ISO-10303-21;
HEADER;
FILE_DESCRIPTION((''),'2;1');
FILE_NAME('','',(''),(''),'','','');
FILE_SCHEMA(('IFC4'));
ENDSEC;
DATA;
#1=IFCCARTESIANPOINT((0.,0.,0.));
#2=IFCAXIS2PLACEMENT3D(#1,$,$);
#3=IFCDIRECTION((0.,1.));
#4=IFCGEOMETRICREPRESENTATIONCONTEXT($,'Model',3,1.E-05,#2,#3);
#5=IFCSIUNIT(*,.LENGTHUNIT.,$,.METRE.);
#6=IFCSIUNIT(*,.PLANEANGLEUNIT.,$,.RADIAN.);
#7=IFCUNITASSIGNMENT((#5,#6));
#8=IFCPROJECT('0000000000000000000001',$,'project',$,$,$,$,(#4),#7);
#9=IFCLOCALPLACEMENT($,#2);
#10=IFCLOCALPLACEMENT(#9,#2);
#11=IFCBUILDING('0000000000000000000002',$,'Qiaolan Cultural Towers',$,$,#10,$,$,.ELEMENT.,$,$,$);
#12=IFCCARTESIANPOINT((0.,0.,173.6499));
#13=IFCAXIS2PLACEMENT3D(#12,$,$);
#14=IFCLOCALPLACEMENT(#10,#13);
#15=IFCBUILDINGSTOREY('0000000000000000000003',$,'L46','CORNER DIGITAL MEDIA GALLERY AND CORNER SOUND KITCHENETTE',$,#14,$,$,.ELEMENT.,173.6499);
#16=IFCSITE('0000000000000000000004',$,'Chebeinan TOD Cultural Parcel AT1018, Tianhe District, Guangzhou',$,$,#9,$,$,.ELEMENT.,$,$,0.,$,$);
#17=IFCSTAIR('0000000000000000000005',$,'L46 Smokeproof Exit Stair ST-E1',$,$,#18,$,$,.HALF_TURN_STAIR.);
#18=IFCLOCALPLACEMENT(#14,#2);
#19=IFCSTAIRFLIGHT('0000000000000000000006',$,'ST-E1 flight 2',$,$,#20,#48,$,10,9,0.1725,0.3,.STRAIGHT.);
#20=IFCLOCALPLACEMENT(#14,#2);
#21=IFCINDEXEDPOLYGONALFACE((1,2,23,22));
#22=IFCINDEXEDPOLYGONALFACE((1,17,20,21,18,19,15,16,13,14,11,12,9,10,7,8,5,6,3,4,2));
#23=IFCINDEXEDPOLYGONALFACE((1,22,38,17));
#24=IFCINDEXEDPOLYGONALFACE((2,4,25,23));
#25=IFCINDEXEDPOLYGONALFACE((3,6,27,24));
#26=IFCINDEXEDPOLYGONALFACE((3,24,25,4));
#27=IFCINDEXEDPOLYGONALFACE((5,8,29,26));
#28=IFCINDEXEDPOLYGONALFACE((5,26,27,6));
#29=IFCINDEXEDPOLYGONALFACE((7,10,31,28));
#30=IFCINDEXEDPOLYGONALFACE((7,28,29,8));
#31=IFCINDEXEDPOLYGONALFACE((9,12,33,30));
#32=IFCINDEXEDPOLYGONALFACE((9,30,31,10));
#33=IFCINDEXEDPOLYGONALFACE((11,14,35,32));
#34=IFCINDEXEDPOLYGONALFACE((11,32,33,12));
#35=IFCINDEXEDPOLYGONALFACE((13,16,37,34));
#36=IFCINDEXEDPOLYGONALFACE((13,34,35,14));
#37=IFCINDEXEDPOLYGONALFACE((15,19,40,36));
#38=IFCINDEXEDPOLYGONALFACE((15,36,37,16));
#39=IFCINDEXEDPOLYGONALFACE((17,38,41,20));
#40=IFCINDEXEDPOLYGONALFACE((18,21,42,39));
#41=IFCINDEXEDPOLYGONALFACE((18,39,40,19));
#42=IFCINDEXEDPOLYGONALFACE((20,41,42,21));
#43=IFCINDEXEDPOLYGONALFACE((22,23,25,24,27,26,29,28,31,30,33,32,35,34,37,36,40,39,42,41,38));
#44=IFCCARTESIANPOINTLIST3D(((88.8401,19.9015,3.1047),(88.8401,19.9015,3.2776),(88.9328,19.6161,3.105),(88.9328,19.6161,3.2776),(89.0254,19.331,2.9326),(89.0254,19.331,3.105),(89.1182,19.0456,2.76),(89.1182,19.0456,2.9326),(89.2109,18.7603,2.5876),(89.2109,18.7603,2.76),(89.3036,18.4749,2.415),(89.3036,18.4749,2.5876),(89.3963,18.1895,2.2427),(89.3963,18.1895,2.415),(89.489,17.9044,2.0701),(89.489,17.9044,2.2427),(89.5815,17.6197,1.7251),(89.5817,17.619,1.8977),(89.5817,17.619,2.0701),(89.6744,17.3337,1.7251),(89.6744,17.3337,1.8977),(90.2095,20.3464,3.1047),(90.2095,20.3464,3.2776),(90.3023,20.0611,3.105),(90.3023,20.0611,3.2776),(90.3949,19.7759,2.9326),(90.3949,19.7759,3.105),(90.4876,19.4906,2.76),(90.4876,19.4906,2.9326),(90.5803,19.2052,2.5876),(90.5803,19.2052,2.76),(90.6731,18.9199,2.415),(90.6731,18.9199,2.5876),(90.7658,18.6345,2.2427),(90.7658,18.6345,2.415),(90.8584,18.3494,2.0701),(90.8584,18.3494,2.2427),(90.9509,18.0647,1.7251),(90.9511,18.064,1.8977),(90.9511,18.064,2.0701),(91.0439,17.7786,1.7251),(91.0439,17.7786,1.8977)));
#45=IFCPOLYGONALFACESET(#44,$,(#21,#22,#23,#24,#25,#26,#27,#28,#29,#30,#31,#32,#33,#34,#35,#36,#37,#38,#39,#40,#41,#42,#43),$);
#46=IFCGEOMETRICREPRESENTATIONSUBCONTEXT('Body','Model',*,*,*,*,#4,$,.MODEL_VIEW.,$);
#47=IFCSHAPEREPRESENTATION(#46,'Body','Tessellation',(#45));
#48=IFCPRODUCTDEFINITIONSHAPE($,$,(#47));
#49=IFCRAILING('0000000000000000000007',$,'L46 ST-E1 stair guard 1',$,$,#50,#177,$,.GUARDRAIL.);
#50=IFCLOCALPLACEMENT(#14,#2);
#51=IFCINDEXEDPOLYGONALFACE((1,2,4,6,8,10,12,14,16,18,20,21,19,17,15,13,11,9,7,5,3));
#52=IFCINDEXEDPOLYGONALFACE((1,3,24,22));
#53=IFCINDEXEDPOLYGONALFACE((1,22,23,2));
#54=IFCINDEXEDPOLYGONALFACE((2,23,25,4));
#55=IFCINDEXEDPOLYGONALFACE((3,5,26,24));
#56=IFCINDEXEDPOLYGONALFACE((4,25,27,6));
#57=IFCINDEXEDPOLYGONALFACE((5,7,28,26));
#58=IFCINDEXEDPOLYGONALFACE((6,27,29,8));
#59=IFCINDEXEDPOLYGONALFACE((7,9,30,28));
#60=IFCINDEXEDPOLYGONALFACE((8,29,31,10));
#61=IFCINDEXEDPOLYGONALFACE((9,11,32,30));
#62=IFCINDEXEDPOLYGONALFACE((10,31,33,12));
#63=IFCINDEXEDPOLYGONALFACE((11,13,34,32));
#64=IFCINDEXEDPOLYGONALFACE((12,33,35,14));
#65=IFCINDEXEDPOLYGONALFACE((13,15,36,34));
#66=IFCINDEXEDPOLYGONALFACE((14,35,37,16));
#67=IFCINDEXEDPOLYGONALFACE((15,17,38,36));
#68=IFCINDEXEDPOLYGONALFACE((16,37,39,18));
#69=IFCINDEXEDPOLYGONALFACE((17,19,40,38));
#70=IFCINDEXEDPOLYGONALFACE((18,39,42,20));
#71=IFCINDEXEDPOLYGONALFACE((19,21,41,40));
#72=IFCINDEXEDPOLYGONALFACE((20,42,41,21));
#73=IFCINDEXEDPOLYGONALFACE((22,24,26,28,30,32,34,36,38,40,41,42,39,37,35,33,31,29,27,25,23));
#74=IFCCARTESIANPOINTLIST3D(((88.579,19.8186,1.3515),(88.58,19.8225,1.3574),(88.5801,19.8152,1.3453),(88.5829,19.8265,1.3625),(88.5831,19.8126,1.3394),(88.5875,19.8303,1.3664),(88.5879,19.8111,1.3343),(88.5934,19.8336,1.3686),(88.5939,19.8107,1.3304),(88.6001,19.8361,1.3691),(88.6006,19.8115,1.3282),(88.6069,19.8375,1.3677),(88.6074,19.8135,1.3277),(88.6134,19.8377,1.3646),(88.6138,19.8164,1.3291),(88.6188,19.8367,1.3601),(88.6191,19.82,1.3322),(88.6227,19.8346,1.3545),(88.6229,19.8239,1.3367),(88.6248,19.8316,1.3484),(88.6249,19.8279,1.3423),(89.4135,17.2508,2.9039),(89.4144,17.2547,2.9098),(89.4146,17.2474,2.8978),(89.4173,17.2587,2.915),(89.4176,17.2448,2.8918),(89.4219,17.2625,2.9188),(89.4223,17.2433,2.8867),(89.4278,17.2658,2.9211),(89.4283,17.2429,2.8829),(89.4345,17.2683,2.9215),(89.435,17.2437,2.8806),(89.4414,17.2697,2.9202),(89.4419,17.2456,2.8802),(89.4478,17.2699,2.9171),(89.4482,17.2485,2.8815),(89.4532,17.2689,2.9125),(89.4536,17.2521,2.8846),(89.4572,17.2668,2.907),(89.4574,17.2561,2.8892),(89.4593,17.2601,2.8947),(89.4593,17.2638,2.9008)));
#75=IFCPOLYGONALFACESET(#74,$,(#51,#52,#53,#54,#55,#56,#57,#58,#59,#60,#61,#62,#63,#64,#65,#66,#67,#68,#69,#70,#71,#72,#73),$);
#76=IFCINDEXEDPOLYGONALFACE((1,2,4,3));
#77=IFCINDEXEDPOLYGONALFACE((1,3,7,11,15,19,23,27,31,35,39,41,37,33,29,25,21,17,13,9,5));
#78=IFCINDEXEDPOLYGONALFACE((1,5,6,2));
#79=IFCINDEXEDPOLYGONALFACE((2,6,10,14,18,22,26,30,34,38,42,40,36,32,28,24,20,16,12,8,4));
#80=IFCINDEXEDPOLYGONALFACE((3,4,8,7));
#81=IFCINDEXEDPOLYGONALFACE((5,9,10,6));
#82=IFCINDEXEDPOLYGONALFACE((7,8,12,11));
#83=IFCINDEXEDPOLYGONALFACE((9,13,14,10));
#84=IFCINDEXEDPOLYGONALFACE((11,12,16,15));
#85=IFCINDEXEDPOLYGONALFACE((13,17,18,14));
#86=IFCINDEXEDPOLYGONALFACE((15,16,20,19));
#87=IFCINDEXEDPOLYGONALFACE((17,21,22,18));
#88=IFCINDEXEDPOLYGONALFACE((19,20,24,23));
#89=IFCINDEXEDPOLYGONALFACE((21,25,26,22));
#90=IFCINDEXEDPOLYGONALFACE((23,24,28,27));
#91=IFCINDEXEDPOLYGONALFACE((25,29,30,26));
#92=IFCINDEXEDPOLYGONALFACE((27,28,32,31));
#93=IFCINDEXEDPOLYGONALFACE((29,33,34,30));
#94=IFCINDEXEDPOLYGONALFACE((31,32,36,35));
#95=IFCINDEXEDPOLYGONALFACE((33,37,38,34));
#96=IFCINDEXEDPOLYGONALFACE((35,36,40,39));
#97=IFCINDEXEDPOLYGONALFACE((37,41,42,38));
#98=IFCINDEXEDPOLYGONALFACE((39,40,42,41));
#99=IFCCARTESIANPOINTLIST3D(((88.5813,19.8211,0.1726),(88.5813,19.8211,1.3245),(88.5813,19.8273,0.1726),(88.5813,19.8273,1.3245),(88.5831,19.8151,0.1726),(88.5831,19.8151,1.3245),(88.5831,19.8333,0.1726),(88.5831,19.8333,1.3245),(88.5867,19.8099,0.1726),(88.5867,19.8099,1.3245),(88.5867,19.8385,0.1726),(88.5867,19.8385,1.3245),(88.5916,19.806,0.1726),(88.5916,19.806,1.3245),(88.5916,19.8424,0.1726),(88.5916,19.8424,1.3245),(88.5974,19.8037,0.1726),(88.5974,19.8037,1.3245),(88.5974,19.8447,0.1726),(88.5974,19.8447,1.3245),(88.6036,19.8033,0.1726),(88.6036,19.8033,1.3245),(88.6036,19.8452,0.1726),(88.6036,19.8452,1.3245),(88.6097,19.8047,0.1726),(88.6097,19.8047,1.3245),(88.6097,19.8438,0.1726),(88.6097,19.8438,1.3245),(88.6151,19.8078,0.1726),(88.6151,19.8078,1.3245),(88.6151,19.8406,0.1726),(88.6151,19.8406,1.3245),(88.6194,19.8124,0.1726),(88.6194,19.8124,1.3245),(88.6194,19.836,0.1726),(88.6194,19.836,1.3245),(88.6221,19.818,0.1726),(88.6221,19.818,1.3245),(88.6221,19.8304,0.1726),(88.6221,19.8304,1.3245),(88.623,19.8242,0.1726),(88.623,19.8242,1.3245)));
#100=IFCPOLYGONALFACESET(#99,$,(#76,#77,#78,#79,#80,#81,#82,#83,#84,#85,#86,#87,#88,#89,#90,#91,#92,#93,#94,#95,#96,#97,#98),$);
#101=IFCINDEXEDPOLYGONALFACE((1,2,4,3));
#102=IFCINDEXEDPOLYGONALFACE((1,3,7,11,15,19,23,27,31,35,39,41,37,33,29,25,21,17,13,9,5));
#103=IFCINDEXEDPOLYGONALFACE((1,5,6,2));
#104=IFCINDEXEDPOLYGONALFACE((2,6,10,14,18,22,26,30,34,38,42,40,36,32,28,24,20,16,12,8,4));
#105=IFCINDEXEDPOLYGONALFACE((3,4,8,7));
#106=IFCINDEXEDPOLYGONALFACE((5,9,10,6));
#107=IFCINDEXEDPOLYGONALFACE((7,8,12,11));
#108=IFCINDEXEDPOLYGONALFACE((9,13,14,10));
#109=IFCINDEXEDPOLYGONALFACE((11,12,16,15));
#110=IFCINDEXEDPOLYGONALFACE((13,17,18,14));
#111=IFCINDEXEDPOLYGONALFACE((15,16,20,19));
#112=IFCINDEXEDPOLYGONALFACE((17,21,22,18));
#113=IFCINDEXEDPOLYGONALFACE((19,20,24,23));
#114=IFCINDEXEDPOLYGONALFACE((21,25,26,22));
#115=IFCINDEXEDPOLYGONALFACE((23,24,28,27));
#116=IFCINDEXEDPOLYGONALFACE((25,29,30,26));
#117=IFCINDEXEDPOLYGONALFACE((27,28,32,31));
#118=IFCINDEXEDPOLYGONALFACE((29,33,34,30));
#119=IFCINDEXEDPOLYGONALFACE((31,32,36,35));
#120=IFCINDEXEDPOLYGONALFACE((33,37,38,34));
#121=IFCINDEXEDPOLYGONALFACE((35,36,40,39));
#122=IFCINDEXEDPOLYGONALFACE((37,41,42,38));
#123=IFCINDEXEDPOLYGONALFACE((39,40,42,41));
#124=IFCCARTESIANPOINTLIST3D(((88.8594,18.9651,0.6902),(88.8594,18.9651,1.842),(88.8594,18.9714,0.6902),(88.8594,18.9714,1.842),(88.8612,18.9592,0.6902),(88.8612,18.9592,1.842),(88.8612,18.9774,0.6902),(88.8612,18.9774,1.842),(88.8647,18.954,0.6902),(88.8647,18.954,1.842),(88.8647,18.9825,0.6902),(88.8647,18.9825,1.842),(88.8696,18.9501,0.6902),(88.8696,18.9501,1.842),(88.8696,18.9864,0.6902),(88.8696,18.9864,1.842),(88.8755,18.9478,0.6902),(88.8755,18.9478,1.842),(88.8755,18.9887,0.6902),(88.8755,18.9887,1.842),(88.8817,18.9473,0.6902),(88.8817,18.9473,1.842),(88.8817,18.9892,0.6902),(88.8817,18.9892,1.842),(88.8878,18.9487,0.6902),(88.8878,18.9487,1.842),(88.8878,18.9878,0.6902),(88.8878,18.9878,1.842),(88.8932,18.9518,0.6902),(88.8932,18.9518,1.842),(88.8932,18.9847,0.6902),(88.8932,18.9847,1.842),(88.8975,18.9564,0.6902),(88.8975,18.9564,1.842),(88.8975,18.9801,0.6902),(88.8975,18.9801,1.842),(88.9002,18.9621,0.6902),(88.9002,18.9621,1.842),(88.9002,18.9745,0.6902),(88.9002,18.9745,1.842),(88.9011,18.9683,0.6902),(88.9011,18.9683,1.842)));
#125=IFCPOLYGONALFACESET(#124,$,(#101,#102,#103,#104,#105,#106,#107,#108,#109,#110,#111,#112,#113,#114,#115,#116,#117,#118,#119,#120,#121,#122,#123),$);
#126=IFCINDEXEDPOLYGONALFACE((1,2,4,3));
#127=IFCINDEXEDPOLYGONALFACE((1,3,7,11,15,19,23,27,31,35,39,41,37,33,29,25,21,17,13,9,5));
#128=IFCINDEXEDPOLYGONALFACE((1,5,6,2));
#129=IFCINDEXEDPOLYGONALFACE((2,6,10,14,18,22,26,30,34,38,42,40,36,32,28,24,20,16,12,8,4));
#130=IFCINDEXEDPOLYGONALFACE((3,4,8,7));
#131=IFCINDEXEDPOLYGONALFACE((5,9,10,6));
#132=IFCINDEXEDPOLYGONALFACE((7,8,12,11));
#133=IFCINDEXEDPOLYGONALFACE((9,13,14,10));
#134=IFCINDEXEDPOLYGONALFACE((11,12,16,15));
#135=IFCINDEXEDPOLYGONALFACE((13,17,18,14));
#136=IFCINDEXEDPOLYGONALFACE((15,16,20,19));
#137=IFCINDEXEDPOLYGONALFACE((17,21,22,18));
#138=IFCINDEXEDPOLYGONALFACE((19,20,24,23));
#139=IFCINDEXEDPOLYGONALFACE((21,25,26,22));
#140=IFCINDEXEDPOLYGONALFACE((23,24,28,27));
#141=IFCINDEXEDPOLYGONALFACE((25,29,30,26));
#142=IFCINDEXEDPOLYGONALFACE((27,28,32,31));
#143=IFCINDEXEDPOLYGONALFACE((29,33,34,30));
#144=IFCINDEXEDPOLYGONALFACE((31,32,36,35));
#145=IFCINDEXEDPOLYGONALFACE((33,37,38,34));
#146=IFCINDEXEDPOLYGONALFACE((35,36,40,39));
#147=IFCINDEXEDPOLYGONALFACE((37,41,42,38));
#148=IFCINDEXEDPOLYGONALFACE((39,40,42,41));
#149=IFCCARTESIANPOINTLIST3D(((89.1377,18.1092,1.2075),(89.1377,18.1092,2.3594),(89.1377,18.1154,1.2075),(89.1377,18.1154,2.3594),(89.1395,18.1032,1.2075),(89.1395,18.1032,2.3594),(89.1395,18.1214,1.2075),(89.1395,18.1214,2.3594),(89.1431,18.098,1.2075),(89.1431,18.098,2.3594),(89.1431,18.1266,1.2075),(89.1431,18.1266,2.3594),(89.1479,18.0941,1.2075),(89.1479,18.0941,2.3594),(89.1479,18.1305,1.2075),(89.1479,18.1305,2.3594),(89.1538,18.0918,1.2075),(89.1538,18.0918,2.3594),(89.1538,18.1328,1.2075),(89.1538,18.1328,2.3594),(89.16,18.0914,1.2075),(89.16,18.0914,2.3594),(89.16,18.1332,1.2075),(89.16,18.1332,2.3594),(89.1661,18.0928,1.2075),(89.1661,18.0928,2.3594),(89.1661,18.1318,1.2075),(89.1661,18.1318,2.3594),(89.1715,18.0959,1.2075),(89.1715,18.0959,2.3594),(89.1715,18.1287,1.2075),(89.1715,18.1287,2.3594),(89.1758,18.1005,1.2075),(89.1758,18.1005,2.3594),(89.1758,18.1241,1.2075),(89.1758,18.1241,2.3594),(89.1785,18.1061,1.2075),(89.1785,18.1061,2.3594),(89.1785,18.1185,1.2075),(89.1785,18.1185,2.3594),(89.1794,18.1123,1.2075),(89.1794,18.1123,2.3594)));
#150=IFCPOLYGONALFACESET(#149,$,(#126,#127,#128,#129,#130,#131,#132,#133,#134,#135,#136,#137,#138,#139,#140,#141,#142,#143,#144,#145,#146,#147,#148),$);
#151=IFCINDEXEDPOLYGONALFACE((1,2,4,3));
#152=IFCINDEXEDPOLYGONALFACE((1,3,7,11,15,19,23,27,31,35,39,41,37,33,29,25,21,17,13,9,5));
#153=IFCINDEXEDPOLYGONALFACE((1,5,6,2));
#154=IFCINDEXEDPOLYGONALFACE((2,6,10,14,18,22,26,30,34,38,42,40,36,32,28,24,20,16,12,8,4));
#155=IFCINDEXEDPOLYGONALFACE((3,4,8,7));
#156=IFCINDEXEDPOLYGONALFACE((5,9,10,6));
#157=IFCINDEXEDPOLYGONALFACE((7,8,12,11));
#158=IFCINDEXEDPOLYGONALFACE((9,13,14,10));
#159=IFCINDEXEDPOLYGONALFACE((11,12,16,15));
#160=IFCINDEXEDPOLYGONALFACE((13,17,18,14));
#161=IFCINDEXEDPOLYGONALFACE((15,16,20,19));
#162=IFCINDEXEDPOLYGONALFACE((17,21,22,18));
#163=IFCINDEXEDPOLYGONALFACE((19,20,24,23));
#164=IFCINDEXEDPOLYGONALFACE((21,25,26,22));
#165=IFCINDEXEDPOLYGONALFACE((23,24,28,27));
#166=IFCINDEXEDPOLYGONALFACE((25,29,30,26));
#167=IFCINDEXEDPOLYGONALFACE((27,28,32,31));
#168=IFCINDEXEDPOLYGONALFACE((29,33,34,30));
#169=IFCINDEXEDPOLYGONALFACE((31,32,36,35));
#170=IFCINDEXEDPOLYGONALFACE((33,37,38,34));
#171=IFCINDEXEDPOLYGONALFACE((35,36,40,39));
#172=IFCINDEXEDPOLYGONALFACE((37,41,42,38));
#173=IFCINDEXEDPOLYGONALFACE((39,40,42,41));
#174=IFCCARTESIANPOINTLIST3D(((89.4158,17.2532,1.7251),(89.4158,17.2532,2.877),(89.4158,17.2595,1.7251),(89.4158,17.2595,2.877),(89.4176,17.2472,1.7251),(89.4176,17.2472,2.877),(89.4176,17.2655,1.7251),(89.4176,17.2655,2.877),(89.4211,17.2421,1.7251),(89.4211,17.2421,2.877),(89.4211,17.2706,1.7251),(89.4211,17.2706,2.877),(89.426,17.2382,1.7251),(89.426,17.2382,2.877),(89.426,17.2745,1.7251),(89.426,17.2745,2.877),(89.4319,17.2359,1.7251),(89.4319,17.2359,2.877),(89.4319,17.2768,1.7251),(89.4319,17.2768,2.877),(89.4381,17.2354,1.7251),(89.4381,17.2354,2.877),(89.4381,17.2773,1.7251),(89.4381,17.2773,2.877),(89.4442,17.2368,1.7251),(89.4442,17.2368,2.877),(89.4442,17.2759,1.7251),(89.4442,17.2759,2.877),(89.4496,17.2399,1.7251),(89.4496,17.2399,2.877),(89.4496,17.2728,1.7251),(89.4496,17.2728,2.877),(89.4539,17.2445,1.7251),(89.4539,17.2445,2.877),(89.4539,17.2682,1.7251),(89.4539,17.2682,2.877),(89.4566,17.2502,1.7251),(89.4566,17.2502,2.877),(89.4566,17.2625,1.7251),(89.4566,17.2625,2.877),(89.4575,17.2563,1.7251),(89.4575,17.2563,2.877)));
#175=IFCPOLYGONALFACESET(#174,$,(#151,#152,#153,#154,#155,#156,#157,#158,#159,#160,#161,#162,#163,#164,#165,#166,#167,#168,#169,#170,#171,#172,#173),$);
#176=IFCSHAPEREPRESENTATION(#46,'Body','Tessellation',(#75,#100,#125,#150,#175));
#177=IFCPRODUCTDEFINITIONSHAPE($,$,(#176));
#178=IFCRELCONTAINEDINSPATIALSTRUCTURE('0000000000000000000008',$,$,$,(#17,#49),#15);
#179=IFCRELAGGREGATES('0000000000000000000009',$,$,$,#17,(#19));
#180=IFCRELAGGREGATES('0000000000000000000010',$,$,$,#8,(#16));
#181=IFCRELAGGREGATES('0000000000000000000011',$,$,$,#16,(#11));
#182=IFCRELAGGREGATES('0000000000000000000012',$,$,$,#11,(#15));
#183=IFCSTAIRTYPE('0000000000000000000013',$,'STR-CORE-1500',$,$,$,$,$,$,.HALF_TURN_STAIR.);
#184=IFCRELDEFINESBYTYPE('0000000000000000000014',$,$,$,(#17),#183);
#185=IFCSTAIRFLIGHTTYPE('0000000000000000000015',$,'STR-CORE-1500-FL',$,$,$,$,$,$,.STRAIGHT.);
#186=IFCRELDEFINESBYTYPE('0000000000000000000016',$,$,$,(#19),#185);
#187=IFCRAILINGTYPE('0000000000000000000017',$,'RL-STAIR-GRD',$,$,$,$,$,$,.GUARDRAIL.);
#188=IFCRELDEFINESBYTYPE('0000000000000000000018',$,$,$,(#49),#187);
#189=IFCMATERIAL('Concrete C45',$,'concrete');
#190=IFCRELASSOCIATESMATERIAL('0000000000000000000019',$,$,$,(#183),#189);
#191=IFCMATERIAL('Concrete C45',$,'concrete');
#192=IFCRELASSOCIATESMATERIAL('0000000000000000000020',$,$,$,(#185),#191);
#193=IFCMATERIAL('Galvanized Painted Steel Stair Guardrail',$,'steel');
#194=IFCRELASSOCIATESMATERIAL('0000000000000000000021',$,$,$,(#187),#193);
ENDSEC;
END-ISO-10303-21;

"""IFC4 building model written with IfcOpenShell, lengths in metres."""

from ifc_helpers import new_model, si_unit, direction, frame, origin, origin_2d, place, context, subcontext, project, spatial, polyline, circle, outline, extrude, material, type_object, element, aggregate, save


model = new_model("IFC4")

# Units and contexts
model_context = context("Model", 3, precision=1e-05, world=origin(), true_north=direction((0.0, 1.0)))
body_context = subcontext(model_context, "Body", "Model", "MODEL_VIEW")
ifc_project = project(units=[si_unit("LENGTHUNIT", "METRE"), si_unit("PLANEANGLEUNIT", "RADIAN")], contexts=[model_context])

# Site, building, storey
site_placement = place(None, origin())
site = spatial("IfcSite", under=ifc_project, at=site_placement, Name="Chebeinan TOD Cultural Parcel AT1018, Tianhe District, Guangzhou", CompositionType="ELEMENT", RefElevation=0.0)
building_placement = place(site_placement, origin())
building = spatial("IfcBuilding", under=site, at=building_placement, Name="Qiaolan Cultural Towers", CompositionType="ELEMENT")
storey_placement = place(building_placement, frame((0.0, 0.0, 173.6499)))
storey = spatial("IfcBuildingStorey", under=building, at=storey_placement, Name="L46", Description="CORNER DIGITAL MEDIA GALLERY AND CORNER SOUND KITCHENETTE", CompositionType="ELEMENT", Elevation=173.6499)

# Stair, stair flight
ifc_material_1 = material(Name="Concrete C45", Category="concrete")
stair_type = type_object("IfcStairType", Name="STR-CORE-1500", PredefinedType="HALF_TURN_STAIR", material=ifc_material_1)
stair_placement = place(storey_placement, origin())
stair = element("IfcStair", 1, at=stair_placement, inside=storey, type_object=stair_type, Name="L46 Smokeproof Exit Stair ST-E1", PredefinedType="HALF_TURN_STAIR")
ifc_material_2 = material(Name="Concrete C45", Category="concrete")
stair_flight_type = type_object("IfcStairFlightType", Name="STR-CORE-1500-FL", PredefinedType="STRAIGHT", material=ifc_material_2)
stair_flight_1_placement = place(storey_placement, frame((90.3591, 17.5562, 1.7251), z_axis=(0.0, 0.0, 1.0), x_axis=(-0.309017, 0.951057, 0.0)))
stair_flight_1 = element("IfcStairFlight", 2, at=stair_flight_1_placement, type_object=stair_flight_type, Name="ST-E1 flight 2", NumberOfRisers=10, NumberOfTreads=9, PredefinedType="STRAIGHT", RiserHeight=0.1725, TreadLength=0.3, context=body_context, shape_type="SweptSolid", body=[
    extrude(outline(polyline([(0.0, 0.0), (0.0, 0.1726), (0.3, 0.1726), (0.3, 0.345), (0.6001, 0.345), (0.6001, 0.5176), (0.8999, 0.5176), (0.8999, 0.6899), (1.2, 0.6899), (1.2, 0.8625), (1.5, 0.8625), (1.5, 1.0349), (1.8, 1.0349), (1.8, 1.2075), (2.1001, 1.2075), (2.1001, 1.3799), (2.3999, 1.3799), (2.3999, 1.5525), (2.7, 1.5525), (2.7, 1.7251), (2.7, 1.3796), (0.3008, 0.0), (0.0, 0.0)])), frame((0.0, 0.72, 0.0), z_axis=(0.0, -1.0, 0.0), x_axis=(1.0, 0.0, 0.0)), (0.0, 0.0, 1.0), 1.4399),
])
aggregate(stair, [stair_flight_1])

# Railing
ifc_material_3 = material(Name="Galvanized Painted Steel Stair Guardrail", Category="steel")
railing_type_1 = type_object("IfcRailingType", Name="RL-STAIR-GRD", PredefinedType="GUARDRAIL", material=ifc_material_3)
railing_1_placement = place(storey_placement, frame((88.6021, 19.8242, 0.1726)))
element("IfcRailing", 3, at=railing_1_placement, inside=storey, type_object=railing_type_1, Name="L46 ST-E1 stair guard 1", PredefinedType="GUARDRAIL", context=body_context, shape_type="SweptSolid", body=[
    extrude(circle(Radius=0.0239, at=origin_2d()), frame((0.0, 0.0, 1.1758), z_axis=(0.267926, -0.824471, 0.498461), x_axis=(0.951043, 0.309057, 0.0)), (0.0, 0.0, 1.0), 3.1145),
    extrude(circle(Radius=0.021, at=origin_2d()), origin(), (0.0, 0.0, 1.0), 1.1519),
    extrude(circle(Radius=0.021, at=origin_2d()), frame((0.2781, -0.856, 0.5176)), (0.0, 0.0, 1.0), 1.1519),
    extrude(circle(Radius=0.021, at=origin_2d()), frame((0.5564, -1.7119, 1.0349)), (0.0, 0.0, 1.0), 1.1519),
    extrude(circle(Radius=0.021, at=origin_2d()), frame((0.8345, -2.5679, 1.5525)), (0.0, 0.0, 1.0), 1.1519),
])

save(model, "model.ifc")
